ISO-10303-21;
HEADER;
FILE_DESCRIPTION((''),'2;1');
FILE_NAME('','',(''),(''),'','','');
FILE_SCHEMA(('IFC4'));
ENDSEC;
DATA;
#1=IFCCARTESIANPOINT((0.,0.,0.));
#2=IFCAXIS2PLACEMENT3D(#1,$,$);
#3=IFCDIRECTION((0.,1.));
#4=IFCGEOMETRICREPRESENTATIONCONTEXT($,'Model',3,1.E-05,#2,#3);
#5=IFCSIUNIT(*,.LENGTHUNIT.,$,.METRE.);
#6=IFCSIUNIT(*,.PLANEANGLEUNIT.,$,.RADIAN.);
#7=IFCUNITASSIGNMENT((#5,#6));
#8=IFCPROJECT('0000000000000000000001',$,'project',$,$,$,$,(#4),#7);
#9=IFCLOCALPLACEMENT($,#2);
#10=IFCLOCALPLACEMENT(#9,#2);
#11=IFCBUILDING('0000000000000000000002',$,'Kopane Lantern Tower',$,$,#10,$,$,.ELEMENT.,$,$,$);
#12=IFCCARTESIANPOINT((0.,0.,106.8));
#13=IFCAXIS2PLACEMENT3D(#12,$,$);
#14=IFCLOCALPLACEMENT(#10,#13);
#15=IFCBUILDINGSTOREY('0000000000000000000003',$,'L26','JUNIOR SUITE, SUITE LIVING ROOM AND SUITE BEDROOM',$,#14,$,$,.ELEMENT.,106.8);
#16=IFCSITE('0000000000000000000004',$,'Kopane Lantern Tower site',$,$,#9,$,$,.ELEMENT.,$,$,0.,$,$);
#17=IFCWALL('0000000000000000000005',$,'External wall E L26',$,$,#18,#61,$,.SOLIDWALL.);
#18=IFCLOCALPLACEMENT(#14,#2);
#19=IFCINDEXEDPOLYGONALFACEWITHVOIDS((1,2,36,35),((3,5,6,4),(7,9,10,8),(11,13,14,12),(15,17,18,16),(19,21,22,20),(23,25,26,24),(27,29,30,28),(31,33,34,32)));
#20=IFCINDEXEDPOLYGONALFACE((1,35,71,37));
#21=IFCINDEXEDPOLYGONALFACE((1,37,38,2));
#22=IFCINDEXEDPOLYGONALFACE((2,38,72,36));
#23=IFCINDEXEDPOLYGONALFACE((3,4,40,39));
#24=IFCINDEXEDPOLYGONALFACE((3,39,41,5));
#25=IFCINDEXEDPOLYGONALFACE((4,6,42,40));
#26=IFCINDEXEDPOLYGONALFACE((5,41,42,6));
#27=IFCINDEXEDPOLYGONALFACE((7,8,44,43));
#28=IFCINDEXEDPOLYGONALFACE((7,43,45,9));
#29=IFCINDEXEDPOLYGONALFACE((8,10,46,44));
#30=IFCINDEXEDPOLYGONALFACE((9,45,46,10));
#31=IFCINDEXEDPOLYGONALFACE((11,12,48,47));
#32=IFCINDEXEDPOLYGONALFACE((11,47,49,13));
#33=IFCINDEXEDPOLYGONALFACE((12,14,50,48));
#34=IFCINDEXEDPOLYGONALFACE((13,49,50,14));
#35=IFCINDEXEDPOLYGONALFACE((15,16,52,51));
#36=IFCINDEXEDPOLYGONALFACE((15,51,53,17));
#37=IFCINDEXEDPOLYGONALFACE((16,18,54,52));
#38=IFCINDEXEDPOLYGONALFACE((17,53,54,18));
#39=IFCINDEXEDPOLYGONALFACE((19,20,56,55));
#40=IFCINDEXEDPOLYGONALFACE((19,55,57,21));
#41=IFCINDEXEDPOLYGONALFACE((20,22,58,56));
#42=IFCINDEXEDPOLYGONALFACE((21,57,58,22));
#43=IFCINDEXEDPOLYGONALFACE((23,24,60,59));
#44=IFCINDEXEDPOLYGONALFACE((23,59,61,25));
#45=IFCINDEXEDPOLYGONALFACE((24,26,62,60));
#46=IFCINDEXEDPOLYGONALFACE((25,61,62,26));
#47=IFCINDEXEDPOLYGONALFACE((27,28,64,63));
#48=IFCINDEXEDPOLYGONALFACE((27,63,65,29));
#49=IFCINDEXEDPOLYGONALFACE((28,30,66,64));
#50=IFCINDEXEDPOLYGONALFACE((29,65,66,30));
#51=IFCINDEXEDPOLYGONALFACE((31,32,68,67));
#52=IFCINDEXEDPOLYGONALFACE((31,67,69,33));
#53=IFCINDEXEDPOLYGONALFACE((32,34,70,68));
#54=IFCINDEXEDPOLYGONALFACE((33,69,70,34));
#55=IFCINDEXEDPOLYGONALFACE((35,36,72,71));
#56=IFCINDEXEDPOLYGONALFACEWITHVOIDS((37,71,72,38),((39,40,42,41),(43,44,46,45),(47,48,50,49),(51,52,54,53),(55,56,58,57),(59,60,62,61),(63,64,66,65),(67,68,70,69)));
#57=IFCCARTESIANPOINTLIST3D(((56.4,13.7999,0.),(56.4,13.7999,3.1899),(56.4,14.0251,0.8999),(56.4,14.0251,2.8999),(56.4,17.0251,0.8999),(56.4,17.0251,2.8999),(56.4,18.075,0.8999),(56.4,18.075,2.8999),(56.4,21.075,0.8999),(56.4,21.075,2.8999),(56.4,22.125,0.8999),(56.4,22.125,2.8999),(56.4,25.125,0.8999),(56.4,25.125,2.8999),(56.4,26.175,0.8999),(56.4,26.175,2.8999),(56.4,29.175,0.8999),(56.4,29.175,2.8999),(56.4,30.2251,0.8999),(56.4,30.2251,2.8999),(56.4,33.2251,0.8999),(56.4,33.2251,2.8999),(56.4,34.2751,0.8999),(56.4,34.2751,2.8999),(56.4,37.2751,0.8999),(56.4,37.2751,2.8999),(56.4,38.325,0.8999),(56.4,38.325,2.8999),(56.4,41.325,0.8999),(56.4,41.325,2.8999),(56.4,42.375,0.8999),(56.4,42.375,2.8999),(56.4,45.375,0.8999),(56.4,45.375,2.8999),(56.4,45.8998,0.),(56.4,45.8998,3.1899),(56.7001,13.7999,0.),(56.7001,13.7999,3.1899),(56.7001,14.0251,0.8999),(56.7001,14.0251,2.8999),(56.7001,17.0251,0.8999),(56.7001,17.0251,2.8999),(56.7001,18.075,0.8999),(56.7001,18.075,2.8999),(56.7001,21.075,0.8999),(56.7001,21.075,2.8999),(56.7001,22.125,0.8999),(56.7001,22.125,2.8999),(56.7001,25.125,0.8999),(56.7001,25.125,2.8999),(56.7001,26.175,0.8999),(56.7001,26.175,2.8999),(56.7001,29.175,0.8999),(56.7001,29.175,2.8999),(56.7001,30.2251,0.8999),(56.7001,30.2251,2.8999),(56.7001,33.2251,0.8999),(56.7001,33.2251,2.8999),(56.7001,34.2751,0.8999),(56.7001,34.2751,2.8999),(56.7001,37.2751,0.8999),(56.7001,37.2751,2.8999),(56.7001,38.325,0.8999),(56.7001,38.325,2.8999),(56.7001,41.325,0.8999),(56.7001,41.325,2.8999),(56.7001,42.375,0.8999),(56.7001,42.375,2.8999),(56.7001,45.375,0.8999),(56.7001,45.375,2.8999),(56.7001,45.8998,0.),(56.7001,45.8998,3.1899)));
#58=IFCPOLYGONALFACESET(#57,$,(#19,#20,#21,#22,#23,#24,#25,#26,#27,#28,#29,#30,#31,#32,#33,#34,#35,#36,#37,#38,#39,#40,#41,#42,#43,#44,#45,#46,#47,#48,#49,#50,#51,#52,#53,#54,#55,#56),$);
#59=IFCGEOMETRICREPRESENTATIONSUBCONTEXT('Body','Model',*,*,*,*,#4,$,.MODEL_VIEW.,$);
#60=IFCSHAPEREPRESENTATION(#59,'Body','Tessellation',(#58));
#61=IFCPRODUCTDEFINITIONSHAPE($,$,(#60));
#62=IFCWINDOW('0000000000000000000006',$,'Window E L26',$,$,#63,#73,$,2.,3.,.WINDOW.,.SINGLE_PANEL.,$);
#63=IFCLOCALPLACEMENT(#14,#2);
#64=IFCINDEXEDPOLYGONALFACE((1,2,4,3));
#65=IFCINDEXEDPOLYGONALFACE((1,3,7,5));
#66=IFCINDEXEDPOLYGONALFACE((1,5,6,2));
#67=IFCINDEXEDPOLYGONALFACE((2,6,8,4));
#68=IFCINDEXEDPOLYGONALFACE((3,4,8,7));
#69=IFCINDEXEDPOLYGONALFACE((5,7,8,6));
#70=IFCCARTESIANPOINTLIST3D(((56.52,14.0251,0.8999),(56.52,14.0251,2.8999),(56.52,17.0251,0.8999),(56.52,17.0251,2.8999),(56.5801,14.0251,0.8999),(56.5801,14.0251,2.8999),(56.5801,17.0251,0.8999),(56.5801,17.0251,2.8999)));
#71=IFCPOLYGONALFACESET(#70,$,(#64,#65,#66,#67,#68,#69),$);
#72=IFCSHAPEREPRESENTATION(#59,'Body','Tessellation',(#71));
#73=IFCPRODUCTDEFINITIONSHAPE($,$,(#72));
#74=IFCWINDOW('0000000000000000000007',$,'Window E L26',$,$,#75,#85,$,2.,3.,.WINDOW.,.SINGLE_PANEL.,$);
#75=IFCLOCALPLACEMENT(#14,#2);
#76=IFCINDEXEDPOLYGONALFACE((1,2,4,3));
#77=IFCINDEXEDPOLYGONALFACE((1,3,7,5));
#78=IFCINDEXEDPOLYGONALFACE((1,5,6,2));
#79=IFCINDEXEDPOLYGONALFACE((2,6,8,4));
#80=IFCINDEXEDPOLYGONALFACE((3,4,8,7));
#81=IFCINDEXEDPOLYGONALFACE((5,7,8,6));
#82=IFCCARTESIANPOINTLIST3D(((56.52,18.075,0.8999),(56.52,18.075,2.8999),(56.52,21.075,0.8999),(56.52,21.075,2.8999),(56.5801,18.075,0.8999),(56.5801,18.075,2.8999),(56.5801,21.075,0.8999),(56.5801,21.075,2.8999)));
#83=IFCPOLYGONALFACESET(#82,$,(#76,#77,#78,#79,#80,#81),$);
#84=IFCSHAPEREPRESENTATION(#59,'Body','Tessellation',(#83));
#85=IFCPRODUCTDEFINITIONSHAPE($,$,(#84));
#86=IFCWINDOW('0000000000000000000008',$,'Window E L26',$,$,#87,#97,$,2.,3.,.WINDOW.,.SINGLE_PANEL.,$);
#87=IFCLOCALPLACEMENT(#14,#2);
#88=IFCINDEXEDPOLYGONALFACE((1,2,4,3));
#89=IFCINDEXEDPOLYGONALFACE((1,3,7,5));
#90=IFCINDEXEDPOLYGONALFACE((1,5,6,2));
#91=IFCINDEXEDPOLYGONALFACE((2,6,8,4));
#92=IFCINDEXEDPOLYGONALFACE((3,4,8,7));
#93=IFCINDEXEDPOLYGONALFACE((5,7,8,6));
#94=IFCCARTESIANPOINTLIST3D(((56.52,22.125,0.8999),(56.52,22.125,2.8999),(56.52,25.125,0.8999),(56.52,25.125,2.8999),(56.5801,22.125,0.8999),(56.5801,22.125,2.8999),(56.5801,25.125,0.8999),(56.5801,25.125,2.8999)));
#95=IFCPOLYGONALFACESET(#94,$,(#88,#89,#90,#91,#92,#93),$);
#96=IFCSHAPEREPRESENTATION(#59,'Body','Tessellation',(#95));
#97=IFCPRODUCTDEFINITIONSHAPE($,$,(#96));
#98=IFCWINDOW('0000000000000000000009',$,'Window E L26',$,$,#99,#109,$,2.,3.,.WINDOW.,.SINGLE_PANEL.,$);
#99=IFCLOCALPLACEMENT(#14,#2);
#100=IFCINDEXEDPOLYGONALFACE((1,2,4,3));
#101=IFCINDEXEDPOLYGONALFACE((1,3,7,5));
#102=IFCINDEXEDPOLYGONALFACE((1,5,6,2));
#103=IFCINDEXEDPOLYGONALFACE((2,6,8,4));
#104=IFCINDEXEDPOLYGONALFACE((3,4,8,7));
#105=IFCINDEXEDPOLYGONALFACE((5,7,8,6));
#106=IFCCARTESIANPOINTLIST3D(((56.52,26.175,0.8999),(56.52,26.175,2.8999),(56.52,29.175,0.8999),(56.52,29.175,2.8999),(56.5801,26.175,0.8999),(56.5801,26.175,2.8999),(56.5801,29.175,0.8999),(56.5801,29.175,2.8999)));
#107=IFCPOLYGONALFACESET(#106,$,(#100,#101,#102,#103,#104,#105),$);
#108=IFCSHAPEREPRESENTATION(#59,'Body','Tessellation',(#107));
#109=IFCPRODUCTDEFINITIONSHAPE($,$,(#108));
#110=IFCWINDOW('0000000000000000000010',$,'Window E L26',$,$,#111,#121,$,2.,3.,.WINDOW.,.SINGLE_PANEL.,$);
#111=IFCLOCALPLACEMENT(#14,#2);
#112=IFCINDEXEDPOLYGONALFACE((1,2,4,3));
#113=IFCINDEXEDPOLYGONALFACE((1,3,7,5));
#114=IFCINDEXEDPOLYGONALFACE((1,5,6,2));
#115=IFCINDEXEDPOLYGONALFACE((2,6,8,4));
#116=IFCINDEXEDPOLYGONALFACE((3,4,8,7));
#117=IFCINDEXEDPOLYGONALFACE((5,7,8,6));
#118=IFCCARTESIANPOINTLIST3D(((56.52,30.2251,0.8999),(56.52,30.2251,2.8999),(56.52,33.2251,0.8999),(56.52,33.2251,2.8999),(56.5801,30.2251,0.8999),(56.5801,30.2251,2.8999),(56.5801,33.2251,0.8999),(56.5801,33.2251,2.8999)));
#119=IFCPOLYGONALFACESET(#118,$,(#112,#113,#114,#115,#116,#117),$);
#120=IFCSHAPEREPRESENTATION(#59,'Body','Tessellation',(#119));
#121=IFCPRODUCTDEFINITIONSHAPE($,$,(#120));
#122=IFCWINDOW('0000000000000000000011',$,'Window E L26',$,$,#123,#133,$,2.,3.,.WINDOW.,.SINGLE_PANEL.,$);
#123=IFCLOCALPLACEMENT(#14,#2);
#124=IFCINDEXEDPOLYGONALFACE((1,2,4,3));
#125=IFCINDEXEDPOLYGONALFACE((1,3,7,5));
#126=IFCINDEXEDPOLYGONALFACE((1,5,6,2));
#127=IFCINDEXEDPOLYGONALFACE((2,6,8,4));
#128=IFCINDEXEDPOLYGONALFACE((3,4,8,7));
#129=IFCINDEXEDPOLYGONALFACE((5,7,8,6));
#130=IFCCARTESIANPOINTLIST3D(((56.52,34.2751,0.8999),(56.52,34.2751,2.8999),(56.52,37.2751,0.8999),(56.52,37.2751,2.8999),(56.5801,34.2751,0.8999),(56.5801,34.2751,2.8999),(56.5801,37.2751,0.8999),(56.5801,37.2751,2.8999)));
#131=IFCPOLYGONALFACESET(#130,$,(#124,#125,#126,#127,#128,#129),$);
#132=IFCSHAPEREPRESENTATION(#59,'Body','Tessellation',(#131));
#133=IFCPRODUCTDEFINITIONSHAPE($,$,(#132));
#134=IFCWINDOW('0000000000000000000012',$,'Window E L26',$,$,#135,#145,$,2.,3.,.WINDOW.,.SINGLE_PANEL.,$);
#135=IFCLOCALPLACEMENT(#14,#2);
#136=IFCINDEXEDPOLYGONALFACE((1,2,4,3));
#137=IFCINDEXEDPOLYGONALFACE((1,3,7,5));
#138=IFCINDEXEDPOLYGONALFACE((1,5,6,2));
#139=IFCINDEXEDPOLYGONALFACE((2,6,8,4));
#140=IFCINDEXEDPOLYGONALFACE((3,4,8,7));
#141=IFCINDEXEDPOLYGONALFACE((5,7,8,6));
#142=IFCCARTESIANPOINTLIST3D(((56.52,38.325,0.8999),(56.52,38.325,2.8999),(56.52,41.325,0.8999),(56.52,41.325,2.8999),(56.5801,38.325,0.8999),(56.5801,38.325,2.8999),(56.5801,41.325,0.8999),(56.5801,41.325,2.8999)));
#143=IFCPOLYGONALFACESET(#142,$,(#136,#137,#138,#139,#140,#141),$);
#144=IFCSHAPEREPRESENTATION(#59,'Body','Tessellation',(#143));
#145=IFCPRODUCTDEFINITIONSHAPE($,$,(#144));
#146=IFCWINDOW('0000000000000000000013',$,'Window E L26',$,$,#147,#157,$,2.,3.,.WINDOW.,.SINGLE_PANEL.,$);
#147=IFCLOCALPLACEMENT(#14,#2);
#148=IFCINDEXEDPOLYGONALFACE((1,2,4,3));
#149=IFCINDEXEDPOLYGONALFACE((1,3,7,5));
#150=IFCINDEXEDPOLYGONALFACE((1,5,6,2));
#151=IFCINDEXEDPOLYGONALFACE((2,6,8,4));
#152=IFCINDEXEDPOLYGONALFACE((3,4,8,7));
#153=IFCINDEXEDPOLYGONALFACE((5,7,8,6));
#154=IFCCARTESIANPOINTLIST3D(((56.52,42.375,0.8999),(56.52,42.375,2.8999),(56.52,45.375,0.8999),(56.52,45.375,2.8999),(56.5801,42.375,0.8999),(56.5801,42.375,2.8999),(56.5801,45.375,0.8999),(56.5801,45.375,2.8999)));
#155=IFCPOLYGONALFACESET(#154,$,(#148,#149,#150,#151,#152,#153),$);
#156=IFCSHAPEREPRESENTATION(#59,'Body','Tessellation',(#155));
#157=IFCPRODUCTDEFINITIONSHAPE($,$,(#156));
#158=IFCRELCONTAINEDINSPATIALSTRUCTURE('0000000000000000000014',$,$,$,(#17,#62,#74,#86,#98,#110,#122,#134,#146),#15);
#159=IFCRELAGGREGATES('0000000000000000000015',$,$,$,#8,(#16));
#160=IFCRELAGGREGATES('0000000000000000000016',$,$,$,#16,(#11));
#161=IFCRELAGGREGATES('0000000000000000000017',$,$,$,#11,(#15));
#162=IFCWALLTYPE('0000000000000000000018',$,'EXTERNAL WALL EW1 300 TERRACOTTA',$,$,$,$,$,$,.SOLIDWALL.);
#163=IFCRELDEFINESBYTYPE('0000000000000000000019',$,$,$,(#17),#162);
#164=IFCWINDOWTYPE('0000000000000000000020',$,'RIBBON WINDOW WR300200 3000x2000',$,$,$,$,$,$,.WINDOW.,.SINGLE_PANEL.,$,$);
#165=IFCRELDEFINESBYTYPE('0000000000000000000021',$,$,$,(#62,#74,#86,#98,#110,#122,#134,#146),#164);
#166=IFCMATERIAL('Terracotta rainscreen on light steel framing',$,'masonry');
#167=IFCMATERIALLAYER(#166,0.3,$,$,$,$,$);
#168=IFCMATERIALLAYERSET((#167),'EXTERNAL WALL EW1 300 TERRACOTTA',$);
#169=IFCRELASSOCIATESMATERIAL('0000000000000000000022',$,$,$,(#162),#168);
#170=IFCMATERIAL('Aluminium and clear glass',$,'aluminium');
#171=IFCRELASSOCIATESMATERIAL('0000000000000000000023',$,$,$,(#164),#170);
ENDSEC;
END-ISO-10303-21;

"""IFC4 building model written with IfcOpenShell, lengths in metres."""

from ifc_helpers import new_model, si_unit, direction, frame, frame_2d, origin, place, context, subcontext, project, spatial, rectangle, extrude, material, layer, layer_set, type_object, element, fill, save


model = new_model("IFC4")

# Units and contexts
model_context = context("Model", 3, precision=1e-05, world=origin(), true_north=direction((0.0, 1.0)))
body_context = subcontext(model_context, "Body", "Model", "MODEL_VIEW")
ifc_project = project(units=[si_unit("LENGTHUNIT", "METRE"), si_unit("PLANEANGLEUNIT", "RADIAN")], contexts=[model_context])

# Site, building, storey
site_placement = place(None, origin())
site = spatial("IfcSite", under=ifc_project, at=site_placement, Name="Kopane Lantern Tower site", CompositionType="ELEMENT", RefElevation=0.0)
building_placement = place(site_placement, origin())
building = spatial("IfcBuilding", under=site, at=building_placement, Name="Kopane Lantern Tower", CompositionType="ELEMENT")
storey_placement = place(building_placement, frame((0.0, 0.0, 106.8)))
storey = spatial("IfcBuildingStorey", under=building, at=storey_placement, Name="L26", Description="JUNIOR SUITE, SUITE LIVING ROOM AND SUITE BEDROOM", CompositionType="ELEMENT", Elevation=106.8)

# Shared definitions
ifc_material_1 = material(Name="Terracotta rainscreen on light steel framing", Category="masonry")
ifc_layer_1 = layer(ifc_material_1, 0.3)
ifc_layer_set_1 = layer_set([ifc_layer_1], Name="EXTERNAL WALL EW1 300 TERRACOTTA")
wall_type_1 = type_object("IfcWallType", Name="EXTERNAL WALL EW1 300 TERRACOTTA", PredefinedType="SOLIDWALL", material=ifc_layer_set_1)

# Wall, openings, windows
wall_1_placement = place(storey_placement, frame((56.55, 13.8, 0.0), z_axis=(0.0, 0.0, 1.0), x_axis=(0.0, 1.0, 0.0)))
wall_1 = element("IfcWall", 1, at=wall_1_placement, inside=storey, type_object=wall_type_1, Name="External wall E L26", PredefinedType="SOLIDWALL", context=body_context, shape_type="SweptSolid", body=[
    extrude(rectangle(XDim=32.0999, YDim=0.3, at=frame_2d((16.0498, 0.0))), origin(), (0.0, 0.0, 1.0), 3.1899),
])
opening_1_placement = place(wall_1_placement, frame((0.2251, 0.0, 0.8999)))
opening_1 = element("IfcOpeningElement", 2, at=opening_1_placement, cuts=wall_1, PredefinedType="OPENING", context=body_context, shape_type="SweptSolid", body=[
    extrude(rectangle(XDim=3.0, YDim=2.0, at=frame_2d((1.5, 1.0))), frame((0.0, 0.1599, 0.0), z_axis=(0.0, -1.0, 0.0), x_axis=(1.0, 0.0, 0.0)), (0.0, 0.0, 1.0), 0.3201),
])
opening_2_placement = place(wall_1_placement, frame((4.2749, 0.0, 0.8999)))
opening_2 = element("IfcOpeningElement", 3, at=opening_2_placement, cuts=wall_1, PredefinedType="OPENING", context=body_context, shape_type="SweptSolid", body=[
    extrude(rectangle(XDim=3.0, YDim=2.0, at=frame_2d((1.5, 1.0))), frame((0.0, 0.1599, 0.0), z_axis=(0.0, -1.0, 0.0), x_axis=(1.0, 0.0, 0.0)), (0.0, 0.0, 1.0), 0.3201),
])
opening_3_placement = place(wall_1_placement, frame((8.325, 0.0, 0.8999)))
opening_3 = element("IfcOpeningElement", 4, at=opening_3_placement, cuts=wall_1, PredefinedType="OPENING", context=body_context, shape_type="SweptSolid", body=[
    extrude(rectangle(XDim=3.0, YDim=2.0, at=frame_2d((1.5, 1.0))), frame((0.0, 0.1599, 0.0), z_axis=(0.0, -1.0, 0.0), x_axis=(1.0, 0.0, 0.0)), (0.0, 0.0, 1.0), 0.3201),
])
opening_4_placement = place(wall_1_placement, frame((12.375, 0.0, 0.8999)))
opening_4 = element("IfcOpeningElement", 5, at=opening_4_placement, cuts=wall_1, PredefinedType="OPENING", context=body_context, shape_type="SweptSolid", body=[
    extrude(rectangle(XDim=3.0, YDim=2.0, at=frame_2d((1.5, 1.0))), frame((0.0, 0.1599, 0.0), z_axis=(0.0, -1.0, 0.0), x_axis=(1.0, 0.0, 0.0)), (0.0, 0.0, 1.0), 0.3201),
])
opening_5_placement = place(wall_1_placement, frame((16.425, 0.0, 0.8999)))
opening_5 = element("IfcOpeningElement", 6, at=opening_5_placement, cuts=wall_1, PredefinedType="OPENING", context=body_context, shape_type="SweptSolid", body=[
    extrude(rectangle(XDim=3.0, YDim=2.0, at=frame_2d((1.5, 1.0))), frame((0.0, 0.1599, 0.0), z_axis=(0.0, -1.0, 0.0), x_axis=(1.0, 0.0, 0.0)), (0.0, 0.0, 1.0), 0.3201),
])
opening_6_placement = place(wall_1_placement, frame((20.4751, 0.0, 0.8999)))
opening_6 = element("IfcOpeningElement", 7, at=opening_6_placement, cuts=wall_1, PredefinedType="OPENING", context=body_context, shape_type="SweptSolid", body=[
    extrude(rectangle(XDim=3.0, YDim=2.0, at=frame_2d((1.5, 1.0))), frame((0.0, 0.1599, 0.0), z_axis=(0.0, -1.0, 0.0), x_axis=(1.0, 0.0, 0.0)), (0.0, 0.0, 1.0), 0.3201),
])
opening_7_placement = place(wall_1_placement, frame((24.5249, 0.0, 0.8999)))
opening_7 = element("IfcOpeningElement", 8, at=opening_7_placement, cuts=wall_1, PredefinedType="OPENING", context=body_context, shape_type="SweptSolid", body=[
    extrude(rectangle(XDim=3.0, YDim=2.0, at=frame_2d((1.5, 1.0))), frame((0.0, 0.1599, 0.0), z_axis=(0.0, -1.0, 0.0), x_axis=(1.0, 0.0, 0.0)), (0.0, 0.0, 1.0), 0.3201),
])
opening_8_placement = place(wall_1_placement, frame((28.575, 0.0, 0.8999)))
opening_8 = element("IfcOpeningElement", 9, at=opening_8_placement, cuts=wall_1, PredefinedType="OPENING", context=body_context, shape_type="SweptSolid", body=[
    extrude(rectangle(XDim=3.0, YDim=2.0, at=frame_2d((1.5, 1.0))), frame((0.0, 0.1599, 0.0), z_axis=(0.0, -1.0, 0.0), x_axis=(1.0, 0.0, 0.0)), (0.0, 0.0, 1.0), 0.3201),
])
ifc_material_2 = material(Name="Aluminium and clear glass", Category="aluminium")
window_type_1 = type_object("IfcWindowType", Name="RIBBON WINDOW WR300200 3000x2000", PartitioningType="SINGLE_PANEL", PredefinedType="WINDOW", material=ifc_material_2)
window_1_placement = place(opening_1_placement, origin())
window_1 = element("IfcWindow", 10, at=window_1_placement, inside=storey, type_object=window_type_1, Name="Window E L26", OverallHeight=2.0, OverallWidth=3.0, PartitioningType="SINGLE_PANEL", PredefinedType="WINDOW", context=body_context, shape_type="SweptSolid", body=[
    extrude(rectangle(XDim=3.0, YDim=2.0, at=frame_2d((1.5, 1.0))), frame((0.0, 0.03, 0.0), z_axis=(0.0, -1.0, 0.0), x_axis=(1.0, 0.0, 0.0)), (0.0, 0.0, 1.0), 0.0601),
])
fill(opening_1, window_1)
window_2_placement = place(opening_2_placement, origin())
window_2 = element("IfcWindow", 11, at=window_2_placement, inside=storey, type_object=window_type_1, Name="Window E L26", OverallHeight=2.0, OverallWidth=3.0, PartitioningType="SINGLE_PANEL", PredefinedType="WINDOW", context=body_context, shape_type="SweptSolid", body=[
    extrude(rectangle(XDim=3.0, YDim=2.0, at=frame_2d((1.5, 1.0))), frame((0.0, 0.03, 0.0), z_axis=(0.0, -1.0, 0.0), x_axis=(1.0, 0.0, 0.0)), (0.0, 0.0, 1.0), 0.0601),
])
fill(opening_2, window_2)
window_3_placement = place(opening_3_placement, origin())
window_3 = element("IfcWindow", 12, at=window_3_placement, inside=storey, type_object=window_type_1, Name="Window E L26", OverallHeight=2.0, OverallWidth=3.0, PartitioningType="SINGLE_PANEL", PredefinedType="WINDOW", context=body_context, shape_type="SweptSolid", body=[
    extrude(rectangle(XDim=3.0, YDim=2.0, at=frame_2d((1.5, 1.0))), frame((0.0, 0.03, 0.0), z_axis=(0.0, -1.0, 0.0), x_axis=(1.0, 0.0, 0.0)), (0.0, 0.0, 1.0), 0.0601),
])
fill(opening_3, window_3)
window_4_placement = place(opening_4_placement, origin())
window_4 = element("IfcWindow", 13, at=window_4_placement, inside=storey, type_object=window_type_1, Name="Window E L26", OverallHeight=2.0, OverallWidth=3.0, PartitioningType="SINGLE_PANEL", PredefinedType="WINDOW", context=body_context, shape_type="SweptSolid", body=[
    extrude(rectangle(XDim=3.0, YDim=2.0, at=frame_2d((1.5, 1.0))), frame((0.0, 0.03, 0.0), z_axis=(0.0, -1.0, 0.0), x_axis=(1.0, 0.0, 0.0)), (0.0, 0.0, 1.0), 0.0601),
])
fill(opening_4, window_4)
window_5_placement = place(opening_5_placement, origin())
window_5 = element("IfcWindow", 14, at=window_5_placement, inside=storey, type_object=window_type_1, Name="Window E L26", OverallHeight=2.0, OverallWidth=3.0, PartitioningType="SINGLE_PANEL", PredefinedType="WINDOW", context=body_context, shape_type="SweptSolid", body=[
    extrude(rectangle(XDim=3.0, YDim=2.0, at=frame_2d((1.5, 1.0))), frame((0.0, 0.03, 0.0), z_axis=(0.0, -1.0, 0.0), x_axis=(1.0, 0.0, 0.0)), (0.0, 0.0, 1.0), 0.0601),
])
fill(opening_5, window_5)
window_6_placement = place(opening_6_placement, origin())
window_6 = element("IfcWindow", 15, at=window_6_placement, inside=storey, type_object=window_type_1, Name="Window E L26", OverallHeight=2.0, OverallWidth=3.0, PartitioningType="SINGLE_PANEL", PredefinedType="WINDOW", context=body_context, shape_type="SweptSolid", body=[
    extrude(rectangle(XDim=3.0, YDim=2.0, at=frame_2d((1.5, 1.0))), frame((0.0, 0.03, 0.0), z_axis=(0.0, -1.0, 0.0), x_axis=(1.0, 0.0, 0.0)), (0.0, 0.0, 1.0), 0.0601),
])
fill(opening_6, window_6)
window_7_placement = place(opening_7_placement, origin())
window_7 = element("IfcWindow", 16, at=window_7_placement, inside=storey, type_object=window_type_1, Name="Window E L26", OverallHeight=2.0, OverallWidth=3.0, PartitioningType="SINGLE_PANEL", PredefinedType="WINDOW", context=body_context, shape_type="SweptSolid", body=[
    extrude(rectangle(XDim=3.0, YDim=2.0, at=frame_2d((1.5, 1.0))), frame((0.0, 0.03, 0.0), z_axis=(0.0, -1.0, 0.0), x_axis=(1.0, 0.0, 0.0)), (0.0, 0.0, 1.0), 0.0601),
])
fill(opening_7, window_7)
window_8_placement = place(opening_8_placement, origin())
window_8 = element("IfcWindow", 17, at=window_8_placement, inside=storey, type_object=window_type_1, Name="Window E L26", OverallHeight=2.0, OverallWidth=3.0, PartitioningType="SINGLE_PANEL", PredefinedType="WINDOW", context=body_context, shape_type="SweptSolid", body=[
    extrude(rectangle(XDim=3.0, YDim=2.0, at=frame_2d((1.5, 1.0))), frame((0.0, 0.03, 0.0), z_axis=(0.0, -1.0, 0.0), x_axis=(1.0, 0.0, 0.0)), (0.0, 0.0, 1.0), 0.0601),
])
fill(opening_8, window_8)

save(model, "model.ifc")
